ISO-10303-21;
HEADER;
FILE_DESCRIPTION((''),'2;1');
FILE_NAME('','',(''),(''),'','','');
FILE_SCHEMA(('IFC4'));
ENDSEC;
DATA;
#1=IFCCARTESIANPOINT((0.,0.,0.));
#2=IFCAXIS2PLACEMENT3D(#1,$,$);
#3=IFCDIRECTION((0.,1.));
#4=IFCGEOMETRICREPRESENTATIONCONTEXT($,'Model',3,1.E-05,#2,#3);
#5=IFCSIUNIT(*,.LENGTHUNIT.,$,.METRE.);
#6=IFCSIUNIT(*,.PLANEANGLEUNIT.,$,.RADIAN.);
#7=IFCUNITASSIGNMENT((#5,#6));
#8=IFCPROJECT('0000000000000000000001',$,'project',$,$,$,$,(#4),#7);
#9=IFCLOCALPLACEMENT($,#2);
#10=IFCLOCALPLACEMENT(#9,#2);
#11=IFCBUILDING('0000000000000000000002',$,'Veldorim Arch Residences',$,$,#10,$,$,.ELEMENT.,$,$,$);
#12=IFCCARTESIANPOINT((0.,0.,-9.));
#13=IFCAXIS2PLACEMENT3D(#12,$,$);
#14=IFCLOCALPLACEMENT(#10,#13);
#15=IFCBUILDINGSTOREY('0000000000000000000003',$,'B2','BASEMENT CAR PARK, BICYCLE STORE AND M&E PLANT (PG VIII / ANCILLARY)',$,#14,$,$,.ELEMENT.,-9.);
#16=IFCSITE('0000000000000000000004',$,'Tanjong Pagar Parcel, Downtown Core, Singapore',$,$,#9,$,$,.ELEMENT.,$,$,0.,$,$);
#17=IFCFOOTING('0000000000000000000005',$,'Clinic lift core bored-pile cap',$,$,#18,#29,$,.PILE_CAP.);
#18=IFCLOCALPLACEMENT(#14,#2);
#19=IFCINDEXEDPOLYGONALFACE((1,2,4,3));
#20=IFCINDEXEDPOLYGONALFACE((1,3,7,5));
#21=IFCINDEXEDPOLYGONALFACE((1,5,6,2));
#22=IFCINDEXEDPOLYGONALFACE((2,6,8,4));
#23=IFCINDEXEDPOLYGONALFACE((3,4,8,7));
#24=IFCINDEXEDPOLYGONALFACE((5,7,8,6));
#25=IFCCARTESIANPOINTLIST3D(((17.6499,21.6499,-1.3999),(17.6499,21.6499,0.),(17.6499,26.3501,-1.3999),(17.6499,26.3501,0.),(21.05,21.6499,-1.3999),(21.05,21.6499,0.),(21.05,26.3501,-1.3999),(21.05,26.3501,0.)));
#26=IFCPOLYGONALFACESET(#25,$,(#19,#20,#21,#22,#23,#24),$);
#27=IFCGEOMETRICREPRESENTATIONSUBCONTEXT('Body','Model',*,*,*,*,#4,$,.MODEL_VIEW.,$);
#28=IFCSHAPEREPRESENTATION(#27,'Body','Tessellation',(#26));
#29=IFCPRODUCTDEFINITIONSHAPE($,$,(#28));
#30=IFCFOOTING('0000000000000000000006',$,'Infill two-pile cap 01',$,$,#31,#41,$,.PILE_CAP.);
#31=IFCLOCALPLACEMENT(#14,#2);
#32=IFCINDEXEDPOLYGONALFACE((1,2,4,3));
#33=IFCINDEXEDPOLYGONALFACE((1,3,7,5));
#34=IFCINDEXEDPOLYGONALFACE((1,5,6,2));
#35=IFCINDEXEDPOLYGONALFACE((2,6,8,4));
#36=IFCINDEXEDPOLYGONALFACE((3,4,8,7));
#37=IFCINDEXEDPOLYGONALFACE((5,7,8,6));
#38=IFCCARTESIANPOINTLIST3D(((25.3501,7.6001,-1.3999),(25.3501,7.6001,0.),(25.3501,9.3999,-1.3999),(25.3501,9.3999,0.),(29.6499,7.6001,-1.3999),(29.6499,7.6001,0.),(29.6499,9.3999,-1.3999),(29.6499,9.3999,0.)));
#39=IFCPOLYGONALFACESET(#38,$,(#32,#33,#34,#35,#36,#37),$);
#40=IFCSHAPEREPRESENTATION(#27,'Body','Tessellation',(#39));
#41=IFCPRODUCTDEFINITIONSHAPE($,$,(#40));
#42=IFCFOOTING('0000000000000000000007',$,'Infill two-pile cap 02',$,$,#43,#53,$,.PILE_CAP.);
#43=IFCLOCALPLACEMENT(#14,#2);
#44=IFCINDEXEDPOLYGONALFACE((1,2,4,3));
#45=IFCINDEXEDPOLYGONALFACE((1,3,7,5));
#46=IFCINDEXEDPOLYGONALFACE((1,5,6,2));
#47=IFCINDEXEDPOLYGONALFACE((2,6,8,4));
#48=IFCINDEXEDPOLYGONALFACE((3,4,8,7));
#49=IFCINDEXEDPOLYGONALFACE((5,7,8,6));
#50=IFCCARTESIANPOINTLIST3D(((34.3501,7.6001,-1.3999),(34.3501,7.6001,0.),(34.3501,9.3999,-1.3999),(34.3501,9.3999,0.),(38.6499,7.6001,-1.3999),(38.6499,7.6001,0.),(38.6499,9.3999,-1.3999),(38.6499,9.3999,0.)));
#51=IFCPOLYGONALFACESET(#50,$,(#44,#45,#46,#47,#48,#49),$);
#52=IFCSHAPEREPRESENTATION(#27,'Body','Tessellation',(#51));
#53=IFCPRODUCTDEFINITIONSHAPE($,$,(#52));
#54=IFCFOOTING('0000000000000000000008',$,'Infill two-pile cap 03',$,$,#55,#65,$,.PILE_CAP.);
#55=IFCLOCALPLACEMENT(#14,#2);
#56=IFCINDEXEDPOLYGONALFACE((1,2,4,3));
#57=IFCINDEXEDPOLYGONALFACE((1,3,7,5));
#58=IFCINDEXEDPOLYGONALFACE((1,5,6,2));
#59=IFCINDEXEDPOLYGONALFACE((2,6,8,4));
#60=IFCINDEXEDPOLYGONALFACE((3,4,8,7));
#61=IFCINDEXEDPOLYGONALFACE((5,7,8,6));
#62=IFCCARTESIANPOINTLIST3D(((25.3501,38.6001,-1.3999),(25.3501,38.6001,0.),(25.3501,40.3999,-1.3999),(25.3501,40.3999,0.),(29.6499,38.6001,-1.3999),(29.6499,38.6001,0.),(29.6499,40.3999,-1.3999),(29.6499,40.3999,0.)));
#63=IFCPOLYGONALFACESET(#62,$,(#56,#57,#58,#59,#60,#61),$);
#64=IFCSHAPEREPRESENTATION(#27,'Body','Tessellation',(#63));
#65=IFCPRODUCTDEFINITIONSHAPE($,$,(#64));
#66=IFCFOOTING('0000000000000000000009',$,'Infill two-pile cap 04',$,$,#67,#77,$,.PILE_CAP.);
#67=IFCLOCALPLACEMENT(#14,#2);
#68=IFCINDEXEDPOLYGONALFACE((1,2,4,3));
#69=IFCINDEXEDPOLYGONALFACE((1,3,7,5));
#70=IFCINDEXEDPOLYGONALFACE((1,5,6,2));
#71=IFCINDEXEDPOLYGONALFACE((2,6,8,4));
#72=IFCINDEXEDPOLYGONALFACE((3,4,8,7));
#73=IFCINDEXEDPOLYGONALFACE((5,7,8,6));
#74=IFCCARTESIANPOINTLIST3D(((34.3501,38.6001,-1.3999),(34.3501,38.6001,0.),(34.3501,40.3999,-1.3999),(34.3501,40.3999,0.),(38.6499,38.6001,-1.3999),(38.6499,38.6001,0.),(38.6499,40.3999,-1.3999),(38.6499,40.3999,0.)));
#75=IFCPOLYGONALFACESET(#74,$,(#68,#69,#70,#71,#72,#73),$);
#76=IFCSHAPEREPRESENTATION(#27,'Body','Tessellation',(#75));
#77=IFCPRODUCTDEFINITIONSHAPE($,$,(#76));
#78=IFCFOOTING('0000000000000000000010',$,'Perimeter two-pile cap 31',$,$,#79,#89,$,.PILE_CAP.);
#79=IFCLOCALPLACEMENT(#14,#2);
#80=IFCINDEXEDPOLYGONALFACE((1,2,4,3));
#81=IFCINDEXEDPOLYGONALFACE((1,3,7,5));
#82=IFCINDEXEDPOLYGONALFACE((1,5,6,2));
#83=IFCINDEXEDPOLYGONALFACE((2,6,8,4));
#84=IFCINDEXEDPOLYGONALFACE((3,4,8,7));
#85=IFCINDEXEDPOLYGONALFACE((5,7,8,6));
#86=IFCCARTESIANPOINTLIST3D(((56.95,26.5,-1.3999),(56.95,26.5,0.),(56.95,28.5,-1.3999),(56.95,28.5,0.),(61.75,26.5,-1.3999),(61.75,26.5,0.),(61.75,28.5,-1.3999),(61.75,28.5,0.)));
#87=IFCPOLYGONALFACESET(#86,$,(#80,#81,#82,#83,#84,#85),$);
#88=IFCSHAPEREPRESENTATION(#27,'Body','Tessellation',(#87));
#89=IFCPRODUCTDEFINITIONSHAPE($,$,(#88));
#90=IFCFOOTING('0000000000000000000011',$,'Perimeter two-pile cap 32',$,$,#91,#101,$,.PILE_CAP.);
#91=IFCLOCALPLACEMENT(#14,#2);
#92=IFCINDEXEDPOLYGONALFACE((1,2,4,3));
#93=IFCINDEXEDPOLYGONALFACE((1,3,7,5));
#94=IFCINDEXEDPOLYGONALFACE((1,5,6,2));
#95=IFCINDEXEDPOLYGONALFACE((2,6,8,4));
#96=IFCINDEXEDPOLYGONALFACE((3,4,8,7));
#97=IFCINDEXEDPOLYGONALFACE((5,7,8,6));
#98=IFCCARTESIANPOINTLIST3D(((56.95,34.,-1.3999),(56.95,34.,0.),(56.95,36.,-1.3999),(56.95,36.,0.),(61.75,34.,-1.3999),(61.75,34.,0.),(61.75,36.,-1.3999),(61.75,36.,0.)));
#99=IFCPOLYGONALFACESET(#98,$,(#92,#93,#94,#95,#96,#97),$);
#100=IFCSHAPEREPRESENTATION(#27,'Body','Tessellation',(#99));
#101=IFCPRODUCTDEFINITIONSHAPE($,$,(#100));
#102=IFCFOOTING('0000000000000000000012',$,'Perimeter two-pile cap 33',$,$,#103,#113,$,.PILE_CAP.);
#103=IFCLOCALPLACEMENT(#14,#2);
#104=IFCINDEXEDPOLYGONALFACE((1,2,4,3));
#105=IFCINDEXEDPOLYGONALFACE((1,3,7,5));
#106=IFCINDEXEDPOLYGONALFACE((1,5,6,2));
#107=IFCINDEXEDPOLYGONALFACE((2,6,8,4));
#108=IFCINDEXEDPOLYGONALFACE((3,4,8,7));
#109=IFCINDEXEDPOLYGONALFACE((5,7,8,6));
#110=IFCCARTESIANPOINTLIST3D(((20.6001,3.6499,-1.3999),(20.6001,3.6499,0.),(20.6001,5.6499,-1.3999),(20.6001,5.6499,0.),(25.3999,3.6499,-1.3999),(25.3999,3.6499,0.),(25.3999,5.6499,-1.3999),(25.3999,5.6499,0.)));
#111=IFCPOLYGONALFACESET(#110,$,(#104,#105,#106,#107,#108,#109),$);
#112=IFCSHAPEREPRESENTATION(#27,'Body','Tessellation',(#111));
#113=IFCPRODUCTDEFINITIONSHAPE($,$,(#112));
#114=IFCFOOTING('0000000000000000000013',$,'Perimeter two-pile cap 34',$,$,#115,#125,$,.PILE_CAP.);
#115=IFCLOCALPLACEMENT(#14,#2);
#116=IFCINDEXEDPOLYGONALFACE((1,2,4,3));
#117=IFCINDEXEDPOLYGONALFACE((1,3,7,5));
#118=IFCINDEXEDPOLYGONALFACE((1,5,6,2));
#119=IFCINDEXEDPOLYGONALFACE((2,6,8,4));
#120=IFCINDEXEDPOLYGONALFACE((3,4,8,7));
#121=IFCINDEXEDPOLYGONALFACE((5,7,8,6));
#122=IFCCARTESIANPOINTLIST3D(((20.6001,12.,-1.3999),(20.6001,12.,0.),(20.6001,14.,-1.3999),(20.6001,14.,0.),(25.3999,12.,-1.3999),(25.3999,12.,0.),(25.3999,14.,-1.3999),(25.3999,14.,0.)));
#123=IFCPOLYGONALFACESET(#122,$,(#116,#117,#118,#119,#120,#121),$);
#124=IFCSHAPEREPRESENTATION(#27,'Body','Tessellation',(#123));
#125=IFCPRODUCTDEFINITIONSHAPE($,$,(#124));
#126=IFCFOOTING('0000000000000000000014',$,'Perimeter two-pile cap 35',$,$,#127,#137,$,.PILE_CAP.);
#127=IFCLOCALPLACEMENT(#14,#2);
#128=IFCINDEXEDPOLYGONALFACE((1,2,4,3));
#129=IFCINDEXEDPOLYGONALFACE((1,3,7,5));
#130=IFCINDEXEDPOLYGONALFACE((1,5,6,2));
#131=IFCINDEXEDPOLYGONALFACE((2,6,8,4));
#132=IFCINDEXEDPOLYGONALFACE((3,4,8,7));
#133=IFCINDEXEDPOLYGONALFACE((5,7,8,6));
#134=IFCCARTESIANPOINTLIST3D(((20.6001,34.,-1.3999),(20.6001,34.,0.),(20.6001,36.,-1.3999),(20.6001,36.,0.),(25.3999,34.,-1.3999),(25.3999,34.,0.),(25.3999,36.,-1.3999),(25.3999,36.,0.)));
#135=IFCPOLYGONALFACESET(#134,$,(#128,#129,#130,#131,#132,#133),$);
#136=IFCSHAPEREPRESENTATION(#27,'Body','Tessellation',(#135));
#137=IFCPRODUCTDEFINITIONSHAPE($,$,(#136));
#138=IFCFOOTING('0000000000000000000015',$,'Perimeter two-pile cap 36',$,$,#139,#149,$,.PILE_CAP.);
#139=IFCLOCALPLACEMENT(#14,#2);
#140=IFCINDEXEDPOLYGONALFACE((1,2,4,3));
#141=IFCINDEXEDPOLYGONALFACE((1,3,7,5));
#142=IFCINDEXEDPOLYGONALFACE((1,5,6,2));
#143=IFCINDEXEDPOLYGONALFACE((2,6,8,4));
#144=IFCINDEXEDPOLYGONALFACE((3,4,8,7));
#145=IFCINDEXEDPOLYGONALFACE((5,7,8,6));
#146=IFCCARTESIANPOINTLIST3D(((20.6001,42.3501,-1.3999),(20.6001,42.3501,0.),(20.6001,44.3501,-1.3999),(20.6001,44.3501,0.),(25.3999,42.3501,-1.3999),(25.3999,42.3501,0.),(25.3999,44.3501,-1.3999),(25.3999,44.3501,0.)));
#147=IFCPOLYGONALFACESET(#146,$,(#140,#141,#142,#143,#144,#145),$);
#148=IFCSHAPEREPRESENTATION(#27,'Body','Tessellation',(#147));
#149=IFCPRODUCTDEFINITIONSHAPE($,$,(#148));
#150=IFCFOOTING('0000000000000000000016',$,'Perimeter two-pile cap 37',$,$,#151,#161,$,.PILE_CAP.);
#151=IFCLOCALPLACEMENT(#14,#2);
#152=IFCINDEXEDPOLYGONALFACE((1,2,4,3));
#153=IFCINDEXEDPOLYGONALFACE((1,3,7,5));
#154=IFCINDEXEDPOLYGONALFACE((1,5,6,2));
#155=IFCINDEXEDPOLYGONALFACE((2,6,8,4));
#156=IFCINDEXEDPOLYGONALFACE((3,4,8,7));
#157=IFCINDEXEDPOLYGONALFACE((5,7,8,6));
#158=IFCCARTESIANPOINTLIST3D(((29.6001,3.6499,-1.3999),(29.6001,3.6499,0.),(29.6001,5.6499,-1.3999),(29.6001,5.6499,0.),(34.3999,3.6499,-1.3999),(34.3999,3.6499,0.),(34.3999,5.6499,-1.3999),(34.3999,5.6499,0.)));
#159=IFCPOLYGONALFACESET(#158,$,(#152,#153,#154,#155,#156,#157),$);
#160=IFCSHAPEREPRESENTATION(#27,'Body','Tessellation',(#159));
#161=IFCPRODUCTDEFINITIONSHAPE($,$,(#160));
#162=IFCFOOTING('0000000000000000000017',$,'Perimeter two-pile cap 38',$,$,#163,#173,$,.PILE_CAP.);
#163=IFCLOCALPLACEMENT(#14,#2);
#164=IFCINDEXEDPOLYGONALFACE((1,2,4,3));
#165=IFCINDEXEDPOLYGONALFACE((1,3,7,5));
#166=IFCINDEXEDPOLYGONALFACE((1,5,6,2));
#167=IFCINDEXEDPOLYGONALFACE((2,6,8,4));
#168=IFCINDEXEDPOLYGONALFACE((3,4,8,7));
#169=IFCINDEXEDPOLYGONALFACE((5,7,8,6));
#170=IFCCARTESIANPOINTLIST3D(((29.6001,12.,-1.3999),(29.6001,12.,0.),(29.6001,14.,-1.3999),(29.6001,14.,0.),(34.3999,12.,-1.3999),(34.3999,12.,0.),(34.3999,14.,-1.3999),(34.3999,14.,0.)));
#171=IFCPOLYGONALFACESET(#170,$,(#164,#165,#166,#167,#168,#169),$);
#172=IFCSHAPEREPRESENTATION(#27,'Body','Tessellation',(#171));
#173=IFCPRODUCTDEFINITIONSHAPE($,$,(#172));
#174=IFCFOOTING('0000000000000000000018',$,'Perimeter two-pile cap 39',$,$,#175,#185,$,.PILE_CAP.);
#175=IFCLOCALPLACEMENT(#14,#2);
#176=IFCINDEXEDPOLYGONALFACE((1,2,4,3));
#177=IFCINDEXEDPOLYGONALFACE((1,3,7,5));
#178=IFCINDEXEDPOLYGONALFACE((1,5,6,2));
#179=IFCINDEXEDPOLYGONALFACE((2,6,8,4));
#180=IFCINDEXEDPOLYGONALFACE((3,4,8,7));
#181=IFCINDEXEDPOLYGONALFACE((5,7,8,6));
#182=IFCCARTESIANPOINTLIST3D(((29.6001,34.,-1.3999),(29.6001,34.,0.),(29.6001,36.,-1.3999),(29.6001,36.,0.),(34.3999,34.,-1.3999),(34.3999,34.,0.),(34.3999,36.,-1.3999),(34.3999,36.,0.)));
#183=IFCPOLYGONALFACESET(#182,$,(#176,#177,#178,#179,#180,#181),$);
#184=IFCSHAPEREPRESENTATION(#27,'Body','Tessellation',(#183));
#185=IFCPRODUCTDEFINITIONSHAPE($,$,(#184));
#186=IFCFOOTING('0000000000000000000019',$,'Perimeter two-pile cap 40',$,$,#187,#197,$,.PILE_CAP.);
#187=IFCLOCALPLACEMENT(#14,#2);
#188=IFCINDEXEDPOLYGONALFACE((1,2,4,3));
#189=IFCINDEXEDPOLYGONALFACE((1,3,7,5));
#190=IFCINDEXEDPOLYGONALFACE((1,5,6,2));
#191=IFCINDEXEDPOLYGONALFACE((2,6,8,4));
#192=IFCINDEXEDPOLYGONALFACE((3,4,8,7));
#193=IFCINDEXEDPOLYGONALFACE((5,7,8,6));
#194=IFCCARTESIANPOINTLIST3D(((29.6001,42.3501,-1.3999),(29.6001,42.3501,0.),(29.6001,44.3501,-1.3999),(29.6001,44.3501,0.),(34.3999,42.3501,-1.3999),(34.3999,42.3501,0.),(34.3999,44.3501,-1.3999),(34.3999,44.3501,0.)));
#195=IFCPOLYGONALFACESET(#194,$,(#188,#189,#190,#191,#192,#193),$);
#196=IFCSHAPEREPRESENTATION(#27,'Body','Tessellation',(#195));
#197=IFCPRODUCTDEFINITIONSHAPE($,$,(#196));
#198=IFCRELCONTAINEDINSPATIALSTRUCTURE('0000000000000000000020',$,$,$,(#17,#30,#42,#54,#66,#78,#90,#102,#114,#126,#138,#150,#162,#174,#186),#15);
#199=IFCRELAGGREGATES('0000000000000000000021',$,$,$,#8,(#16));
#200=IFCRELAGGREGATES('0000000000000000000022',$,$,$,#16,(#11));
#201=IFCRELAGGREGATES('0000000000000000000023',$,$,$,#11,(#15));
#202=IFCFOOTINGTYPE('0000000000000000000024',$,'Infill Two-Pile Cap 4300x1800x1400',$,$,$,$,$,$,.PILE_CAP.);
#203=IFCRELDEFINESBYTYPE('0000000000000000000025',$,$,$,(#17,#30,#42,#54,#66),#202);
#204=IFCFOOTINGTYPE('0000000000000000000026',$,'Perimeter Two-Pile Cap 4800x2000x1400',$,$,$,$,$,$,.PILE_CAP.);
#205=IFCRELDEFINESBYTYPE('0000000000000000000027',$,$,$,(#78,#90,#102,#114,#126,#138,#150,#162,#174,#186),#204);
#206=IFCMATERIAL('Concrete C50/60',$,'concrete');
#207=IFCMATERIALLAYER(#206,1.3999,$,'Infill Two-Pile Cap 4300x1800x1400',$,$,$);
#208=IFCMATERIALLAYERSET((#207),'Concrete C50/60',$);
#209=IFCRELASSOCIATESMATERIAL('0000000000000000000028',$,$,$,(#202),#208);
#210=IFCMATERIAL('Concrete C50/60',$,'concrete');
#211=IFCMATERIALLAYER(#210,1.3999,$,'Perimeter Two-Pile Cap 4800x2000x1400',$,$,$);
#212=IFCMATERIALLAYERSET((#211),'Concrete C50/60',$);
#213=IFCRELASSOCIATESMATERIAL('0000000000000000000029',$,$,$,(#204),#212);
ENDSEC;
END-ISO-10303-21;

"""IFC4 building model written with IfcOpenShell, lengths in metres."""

from ifc_helpers import new_model, si_unit, direction, frame, origin, place, context, subcontext, project, spatial, polyline, outline, extrude, material, layer, layer_set, type_object, element, save


model = new_model("IFC4")

# Units and contexts
model_context = context("Model", 3, precision=1e-05, world=origin(), true_north=direction((0.0, 1.0)))
body_context = subcontext(model_context, "Body", "Model", "MODEL_VIEW")
ifc_project = project(units=[si_unit("LENGTHUNIT", "METRE"), si_unit("PLANEANGLEUNIT", "RADIAN")], contexts=[model_context])

# Site, building, storey
site_placement = place(None, origin())
site = spatial("IfcSite", under=ifc_project, at=site_placement, Name="Tanjong Pagar Parcel, Downtown Core, Singapore", CompositionType="ELEMENT", RefElevation=0.0)
building_placement = place(site_placement, origin())
building = spatial("IfcBuilding", under=site, at=building_placement, Name="Veldorim Arch Residences", CompositionType="ELEMENT")
storey_placement = place(building_placement, frame((0.0, 0.0, -9.0)))
storey = spatial("IfcBuildingStorey", under=building, at=storey_placement, Name="B2", Description="BASEMENT CAR PARK, BICYCLE STORE AND M&E PLANT (PG VIII / ANCILLARY)", CompositionType="ELEMENT", Elevation=-9.0)

# Footings
ifc_material_1 = material(Name="Concrete C50/60", Category="concrete")
ifc_layer_1 = layer(ifc_material_1, 1.3999, Name="Infill Two-Pile Cap 4300x1800x1400")
ifc_layer_set_1 = layer_set([ifc_layer_1], Name="Concrete C50/60")
footing_type_1 = type_object("IfcFootingType", Name="Infill Two-Pile Cap 4300x1800x1400", PredefinedType="PILE_CAP", material=ifc_layer_set_1)
footing_1_placement = place(storey_placement, frame((0.0, 0.0, -1.3999)))
element("IfcFooting", 1, at=footing_1_placement, inside=storey, type_object=footing_type_1, Name="Clinic lift core bored-pile cap", PredefinedType="PILE_CAP", context=body_context, shape_type="SweptSolid", body=[
    extrude(outline(polyline([(17.6499, 21.6499), (21.05, 21.6499), (21.05, 26.3501), (17.6499, 26.3501), (17.6499, 21.6499)])), origin(), (0.0, 0.0, 1.0), 1.3999),
])
footing_2_placement = place(storey_placement, frame((0.0, 0.0, -1.3999)))
element("IfcFooting", 2, at=footing_2_placement, inside=storey, type_object=footing_type_1, Name="Infill two-pile cap 01", PredefinedType="PILE_CAP", context=body_context, shape_type="SweptSolid", body=[
    extrude(outline(polyline([(25.3501, 7.6001), (29.6499, 7.6001), (29.6499, 9.3999), (25.3501, 9.3999), (25.3501, 7.6001)])), origin(), (0.0, 0.0, 1.0), 1.3999),
])
footing_3_placement = place(storey_placement, frame((0.0, 0.0, -1.3999)))
element("IfcFooting", 3, at=footing_3_placement, inside=storey, type_object=footing_type_1, Name="Infill two-pile cap 02", PredefinedType="PILE_CAP", context=body_context, shape_type="SweptSolid", body=[
    extrude(outline(polyline([(34.3501, 7.6001), (38.6499, 7.6001), (38.6499, 9.3999), (34.3501, 9.3999), (34.3501, 7.6001)])), origin(), (0.0, 0.0, 1.0), 1.3999),
])
footing_4_placement = place(storey_placement, frame((0.0, 0.0, -1.3999)))
element("IfcFooting", 4, at=footing_4_placement, inside=storey, type_object=footing_type_1, Name="Infill two-pile cap 03", PredefinedType="PILE_CAP", context=body_context, shape_type="SweptSolid", body=[
    extrude(outline(polyline([(25.3501, 38.6001), (29.6499, 38.6001), (29.6499, 40.3999), (25.3501, 40.3999), (25.3501, 38.6001)])), origin(), (0.0, 0.0, 1.0), 1.3999),
])
footing_5_placement = place(storey_placement, frame((0.0, 0.0, -1.3999)))
element("IfcFooting", 5, at=footing_5_placement, inside=storey, type_object=footing_type_1, Name="Infill two-pile cap 04", PredefinedType="PILE_CAP", context=body_context, shape_type="SweptSolid", body=[
    extrude(outline(polyline([(34.3501, 38.6001), (38.6499, 38.6001), (38.6499, 40.3999), (34.3501, 40.3999), (34.3501, 38.6001)])), origin(), (0.0, 0.0, 1.0), 1.3999),
])
ifc_material_2 = material(Name="Concrete C50/60", Category="concrete")
ifc_layer_2 = layer(ifc_material_2, 1.3999, Name="Perimeter Two-Pile Cap 4800x2000x1400")
ifc_layer_set_2 = layer_set([ifc_layer_2], Name="Concrete C50/60")
footing_type_2 = type_object("IfcFootingType", Name="Perimeter Two-Pile Cap 4800x2000x1400", PredefinedType="PILE_CAP", material=ifc_layer_set_2)
footing_6_placement = place(storey_placement, frame((0.0, 0.0, -1.3999)))
element("IfcFooting", 6, at=footing_6_placement, inside=storey, type_object=footing_type_2, Name="Perimeter two-pile cap 31", PredefinedType="PILE_CAP", context=body_context, shape_type="SweptSolid", body=[
    extrude(outline(polyline([(56.95, 26.5), (61.75, 26.5), (61.75, 28.5), (56.95, 28.5), (56.95, 26.5)])), origin(), (0.0, 0.0, 1.0), 1.3999),
])
footing_7_placement = place(storey_placement, frame((0.0, 0.0, -1.3999)))
element("IfcFooting", 7, at=footing_7_placement, inside=storey, type_object=footing_type_2, Name="Perimeter two-pile cap 32", PredefinedType="PILE_CAP", context=body_context, shape_type="SweptSolid", body=[
    extrude(outline(polyline([(56.95, 34.0), (61.75, 34.0), (61.75, 36.0), (56.95, 36.0), (56.95, 34.0)])), origin(), (0.0, 0.0, 1.0), 1.3999),
])
footing_8_placement = place(storey_placement, frame((0.0, 0.0, -1.3999)))
element("IfcFooting", 8, at=footing_8_placement, inside=storey, type_object=footing_type_2, Name="Perimeter two-pile cap 33", PredefinedType="PILE_CAP", context=body_context, shape_type="SweptSolid", body=[
    extrude(outline(polyline([(20.6001, 3.6499), (25.3999, 3.6499), (25.3999, 5.6499), (20.6001, 5.6499), (20.6001, 3.6499)])), origin(), (0.0, 0.0, 1.0), 1.3999),
])
footing_9_placement = place(storey_placement, frame((0.0, 0.0, -1.3999)))
element("IfcFooting", 9, at=footing_9_placement, inside=storey, type_object=footing_type_2, Name="Perimeter two-pile cap 34", PredefinedType="PILE_CAP", context=body_context, shape_type="SweptSolid", body=[
    extrude(outline(polyline([(20.6001, 12.0), (25.3999, 12.0), (25.3999, 14.0), (20.6001, 14.0), (20.6001, 12.0)])), origin(), (0.0, 0.0, 1.0), 1.3999),
])
footing_10_placement = place(storey_placement, frame((0.0, 0.0, -1.3999)))
element("IfcFooting", 10, at=footing_10_placement, inside=storey, type_object=footing_type_2, Name="Perimeter two-pile cap 35", PredefinedType="PILE_CAP", context=body_context, shape_type="SweptSolid", body=[
    extrude(outline(polyline([(20.6001, 34.0), (25.3999, 34.0), (25.3999, 36.0), (20.6001, 36.0), (20.6001, 34.0)])), origin(), (0.0, 0.0, 1.0), 1.3999),
])
footing_11_placement = place(storey_placement, frame((0.0, 0.0, -1.3999)))
element("IfcFooting", 11, at=footing_11_placement, inside=storey, type_object=footing_type_2, Name="Perimeter two-pile cap 36", PredefinedType="PILE_CAP", context=body_context, shape_type="SweptSolid", body=[
    extrude(outline(polyline([(20.6001, 42.3501), (25.3999, 42.3501), (25.3999, 44.3501), (20.6001, 44.3501), (20.6001, 42.3501)])), origin(), (0.0, 0.0, 1.0), 1.3999),
])
footing_12_placement = place(storey_placement, frame((0.0, 0.0, -1.3999)))
element("IfcFooting", 12, at=footing_12_placement, inside=storey, type_object=footing_type_2, Name="Perimeter two-pile cap 37", PredefinedType="PILE_CAP", context=body_context, shape_type="SweptSolid", body=[
    extrude(outline(polyline([(29.6001, 3.6499), (34.3999, 3.6499), (34.3999, 5.6499), (29.6001, 5.6499), (29.6001, 3.6499)])), origin(), (0.0, 0.0, 1.0), 1.3999),
])
footing_13_placement = place(storey_placement, frame((0.0, 0.0, -1.3999)))
element("IfcFooting", 13, at=footing_13_placement, inside=storey, type_object=footing_type_2, Name="Perimeter two-pile cap 38", PredefinedType="PILE_CAP", context=body_context, shape_type="SweptSolid", body=[
    extrude(outline(polyline([(29.6001, 12.0), (34.3999, 12.0), (34.3999, 14.0), (29.6001, 14.0), (29.6001, 12.0)])), origin(), (0.0, 0.0, 1.0), 1.3999),
])
footing_14_placement = place(storey_placement, frame((0.0, 0.0, -1.3999)))
element("IfcFooting", 14, at=footing_14_placement, inside=storey, type_object=footing_type_2, Name="Perimeter two-pile cap 39", PredefinedType="PILE_CAP", context=body_context, shape_type="SweptSolid", body=[
    extrude(outline(polyline([(29.6001, 34.0), (34.3999, 34.0), (34.3999, 36.0), (29.6001, 36.0), (29.6001, 34.0)])), origin(), (0.0, 0.0, 1.0), 1.3999),
])
footing_15_placement = place(storey_placement, frame((0.0, 0.0, -1.3999)))
element("IfcFooting", 15, at=footing_15_placement, inside=storey, type_object=footing_type_2, Name="Perimeter two-pile cap 40", PredefinedType="PILE_CAP", context=body_context, shape_type="SweptSolid", body=[
    extrude(outline(polyline([(29.6001, 42.3501), (34.3999, 42.3501), (34.3999, 44.3501), (29.6001, 44.3501), (29.6001, 42.3501)])), origin(), (0.0, 0.0, 1.0), 1.3999),
])

save(model, "model.ifc")
